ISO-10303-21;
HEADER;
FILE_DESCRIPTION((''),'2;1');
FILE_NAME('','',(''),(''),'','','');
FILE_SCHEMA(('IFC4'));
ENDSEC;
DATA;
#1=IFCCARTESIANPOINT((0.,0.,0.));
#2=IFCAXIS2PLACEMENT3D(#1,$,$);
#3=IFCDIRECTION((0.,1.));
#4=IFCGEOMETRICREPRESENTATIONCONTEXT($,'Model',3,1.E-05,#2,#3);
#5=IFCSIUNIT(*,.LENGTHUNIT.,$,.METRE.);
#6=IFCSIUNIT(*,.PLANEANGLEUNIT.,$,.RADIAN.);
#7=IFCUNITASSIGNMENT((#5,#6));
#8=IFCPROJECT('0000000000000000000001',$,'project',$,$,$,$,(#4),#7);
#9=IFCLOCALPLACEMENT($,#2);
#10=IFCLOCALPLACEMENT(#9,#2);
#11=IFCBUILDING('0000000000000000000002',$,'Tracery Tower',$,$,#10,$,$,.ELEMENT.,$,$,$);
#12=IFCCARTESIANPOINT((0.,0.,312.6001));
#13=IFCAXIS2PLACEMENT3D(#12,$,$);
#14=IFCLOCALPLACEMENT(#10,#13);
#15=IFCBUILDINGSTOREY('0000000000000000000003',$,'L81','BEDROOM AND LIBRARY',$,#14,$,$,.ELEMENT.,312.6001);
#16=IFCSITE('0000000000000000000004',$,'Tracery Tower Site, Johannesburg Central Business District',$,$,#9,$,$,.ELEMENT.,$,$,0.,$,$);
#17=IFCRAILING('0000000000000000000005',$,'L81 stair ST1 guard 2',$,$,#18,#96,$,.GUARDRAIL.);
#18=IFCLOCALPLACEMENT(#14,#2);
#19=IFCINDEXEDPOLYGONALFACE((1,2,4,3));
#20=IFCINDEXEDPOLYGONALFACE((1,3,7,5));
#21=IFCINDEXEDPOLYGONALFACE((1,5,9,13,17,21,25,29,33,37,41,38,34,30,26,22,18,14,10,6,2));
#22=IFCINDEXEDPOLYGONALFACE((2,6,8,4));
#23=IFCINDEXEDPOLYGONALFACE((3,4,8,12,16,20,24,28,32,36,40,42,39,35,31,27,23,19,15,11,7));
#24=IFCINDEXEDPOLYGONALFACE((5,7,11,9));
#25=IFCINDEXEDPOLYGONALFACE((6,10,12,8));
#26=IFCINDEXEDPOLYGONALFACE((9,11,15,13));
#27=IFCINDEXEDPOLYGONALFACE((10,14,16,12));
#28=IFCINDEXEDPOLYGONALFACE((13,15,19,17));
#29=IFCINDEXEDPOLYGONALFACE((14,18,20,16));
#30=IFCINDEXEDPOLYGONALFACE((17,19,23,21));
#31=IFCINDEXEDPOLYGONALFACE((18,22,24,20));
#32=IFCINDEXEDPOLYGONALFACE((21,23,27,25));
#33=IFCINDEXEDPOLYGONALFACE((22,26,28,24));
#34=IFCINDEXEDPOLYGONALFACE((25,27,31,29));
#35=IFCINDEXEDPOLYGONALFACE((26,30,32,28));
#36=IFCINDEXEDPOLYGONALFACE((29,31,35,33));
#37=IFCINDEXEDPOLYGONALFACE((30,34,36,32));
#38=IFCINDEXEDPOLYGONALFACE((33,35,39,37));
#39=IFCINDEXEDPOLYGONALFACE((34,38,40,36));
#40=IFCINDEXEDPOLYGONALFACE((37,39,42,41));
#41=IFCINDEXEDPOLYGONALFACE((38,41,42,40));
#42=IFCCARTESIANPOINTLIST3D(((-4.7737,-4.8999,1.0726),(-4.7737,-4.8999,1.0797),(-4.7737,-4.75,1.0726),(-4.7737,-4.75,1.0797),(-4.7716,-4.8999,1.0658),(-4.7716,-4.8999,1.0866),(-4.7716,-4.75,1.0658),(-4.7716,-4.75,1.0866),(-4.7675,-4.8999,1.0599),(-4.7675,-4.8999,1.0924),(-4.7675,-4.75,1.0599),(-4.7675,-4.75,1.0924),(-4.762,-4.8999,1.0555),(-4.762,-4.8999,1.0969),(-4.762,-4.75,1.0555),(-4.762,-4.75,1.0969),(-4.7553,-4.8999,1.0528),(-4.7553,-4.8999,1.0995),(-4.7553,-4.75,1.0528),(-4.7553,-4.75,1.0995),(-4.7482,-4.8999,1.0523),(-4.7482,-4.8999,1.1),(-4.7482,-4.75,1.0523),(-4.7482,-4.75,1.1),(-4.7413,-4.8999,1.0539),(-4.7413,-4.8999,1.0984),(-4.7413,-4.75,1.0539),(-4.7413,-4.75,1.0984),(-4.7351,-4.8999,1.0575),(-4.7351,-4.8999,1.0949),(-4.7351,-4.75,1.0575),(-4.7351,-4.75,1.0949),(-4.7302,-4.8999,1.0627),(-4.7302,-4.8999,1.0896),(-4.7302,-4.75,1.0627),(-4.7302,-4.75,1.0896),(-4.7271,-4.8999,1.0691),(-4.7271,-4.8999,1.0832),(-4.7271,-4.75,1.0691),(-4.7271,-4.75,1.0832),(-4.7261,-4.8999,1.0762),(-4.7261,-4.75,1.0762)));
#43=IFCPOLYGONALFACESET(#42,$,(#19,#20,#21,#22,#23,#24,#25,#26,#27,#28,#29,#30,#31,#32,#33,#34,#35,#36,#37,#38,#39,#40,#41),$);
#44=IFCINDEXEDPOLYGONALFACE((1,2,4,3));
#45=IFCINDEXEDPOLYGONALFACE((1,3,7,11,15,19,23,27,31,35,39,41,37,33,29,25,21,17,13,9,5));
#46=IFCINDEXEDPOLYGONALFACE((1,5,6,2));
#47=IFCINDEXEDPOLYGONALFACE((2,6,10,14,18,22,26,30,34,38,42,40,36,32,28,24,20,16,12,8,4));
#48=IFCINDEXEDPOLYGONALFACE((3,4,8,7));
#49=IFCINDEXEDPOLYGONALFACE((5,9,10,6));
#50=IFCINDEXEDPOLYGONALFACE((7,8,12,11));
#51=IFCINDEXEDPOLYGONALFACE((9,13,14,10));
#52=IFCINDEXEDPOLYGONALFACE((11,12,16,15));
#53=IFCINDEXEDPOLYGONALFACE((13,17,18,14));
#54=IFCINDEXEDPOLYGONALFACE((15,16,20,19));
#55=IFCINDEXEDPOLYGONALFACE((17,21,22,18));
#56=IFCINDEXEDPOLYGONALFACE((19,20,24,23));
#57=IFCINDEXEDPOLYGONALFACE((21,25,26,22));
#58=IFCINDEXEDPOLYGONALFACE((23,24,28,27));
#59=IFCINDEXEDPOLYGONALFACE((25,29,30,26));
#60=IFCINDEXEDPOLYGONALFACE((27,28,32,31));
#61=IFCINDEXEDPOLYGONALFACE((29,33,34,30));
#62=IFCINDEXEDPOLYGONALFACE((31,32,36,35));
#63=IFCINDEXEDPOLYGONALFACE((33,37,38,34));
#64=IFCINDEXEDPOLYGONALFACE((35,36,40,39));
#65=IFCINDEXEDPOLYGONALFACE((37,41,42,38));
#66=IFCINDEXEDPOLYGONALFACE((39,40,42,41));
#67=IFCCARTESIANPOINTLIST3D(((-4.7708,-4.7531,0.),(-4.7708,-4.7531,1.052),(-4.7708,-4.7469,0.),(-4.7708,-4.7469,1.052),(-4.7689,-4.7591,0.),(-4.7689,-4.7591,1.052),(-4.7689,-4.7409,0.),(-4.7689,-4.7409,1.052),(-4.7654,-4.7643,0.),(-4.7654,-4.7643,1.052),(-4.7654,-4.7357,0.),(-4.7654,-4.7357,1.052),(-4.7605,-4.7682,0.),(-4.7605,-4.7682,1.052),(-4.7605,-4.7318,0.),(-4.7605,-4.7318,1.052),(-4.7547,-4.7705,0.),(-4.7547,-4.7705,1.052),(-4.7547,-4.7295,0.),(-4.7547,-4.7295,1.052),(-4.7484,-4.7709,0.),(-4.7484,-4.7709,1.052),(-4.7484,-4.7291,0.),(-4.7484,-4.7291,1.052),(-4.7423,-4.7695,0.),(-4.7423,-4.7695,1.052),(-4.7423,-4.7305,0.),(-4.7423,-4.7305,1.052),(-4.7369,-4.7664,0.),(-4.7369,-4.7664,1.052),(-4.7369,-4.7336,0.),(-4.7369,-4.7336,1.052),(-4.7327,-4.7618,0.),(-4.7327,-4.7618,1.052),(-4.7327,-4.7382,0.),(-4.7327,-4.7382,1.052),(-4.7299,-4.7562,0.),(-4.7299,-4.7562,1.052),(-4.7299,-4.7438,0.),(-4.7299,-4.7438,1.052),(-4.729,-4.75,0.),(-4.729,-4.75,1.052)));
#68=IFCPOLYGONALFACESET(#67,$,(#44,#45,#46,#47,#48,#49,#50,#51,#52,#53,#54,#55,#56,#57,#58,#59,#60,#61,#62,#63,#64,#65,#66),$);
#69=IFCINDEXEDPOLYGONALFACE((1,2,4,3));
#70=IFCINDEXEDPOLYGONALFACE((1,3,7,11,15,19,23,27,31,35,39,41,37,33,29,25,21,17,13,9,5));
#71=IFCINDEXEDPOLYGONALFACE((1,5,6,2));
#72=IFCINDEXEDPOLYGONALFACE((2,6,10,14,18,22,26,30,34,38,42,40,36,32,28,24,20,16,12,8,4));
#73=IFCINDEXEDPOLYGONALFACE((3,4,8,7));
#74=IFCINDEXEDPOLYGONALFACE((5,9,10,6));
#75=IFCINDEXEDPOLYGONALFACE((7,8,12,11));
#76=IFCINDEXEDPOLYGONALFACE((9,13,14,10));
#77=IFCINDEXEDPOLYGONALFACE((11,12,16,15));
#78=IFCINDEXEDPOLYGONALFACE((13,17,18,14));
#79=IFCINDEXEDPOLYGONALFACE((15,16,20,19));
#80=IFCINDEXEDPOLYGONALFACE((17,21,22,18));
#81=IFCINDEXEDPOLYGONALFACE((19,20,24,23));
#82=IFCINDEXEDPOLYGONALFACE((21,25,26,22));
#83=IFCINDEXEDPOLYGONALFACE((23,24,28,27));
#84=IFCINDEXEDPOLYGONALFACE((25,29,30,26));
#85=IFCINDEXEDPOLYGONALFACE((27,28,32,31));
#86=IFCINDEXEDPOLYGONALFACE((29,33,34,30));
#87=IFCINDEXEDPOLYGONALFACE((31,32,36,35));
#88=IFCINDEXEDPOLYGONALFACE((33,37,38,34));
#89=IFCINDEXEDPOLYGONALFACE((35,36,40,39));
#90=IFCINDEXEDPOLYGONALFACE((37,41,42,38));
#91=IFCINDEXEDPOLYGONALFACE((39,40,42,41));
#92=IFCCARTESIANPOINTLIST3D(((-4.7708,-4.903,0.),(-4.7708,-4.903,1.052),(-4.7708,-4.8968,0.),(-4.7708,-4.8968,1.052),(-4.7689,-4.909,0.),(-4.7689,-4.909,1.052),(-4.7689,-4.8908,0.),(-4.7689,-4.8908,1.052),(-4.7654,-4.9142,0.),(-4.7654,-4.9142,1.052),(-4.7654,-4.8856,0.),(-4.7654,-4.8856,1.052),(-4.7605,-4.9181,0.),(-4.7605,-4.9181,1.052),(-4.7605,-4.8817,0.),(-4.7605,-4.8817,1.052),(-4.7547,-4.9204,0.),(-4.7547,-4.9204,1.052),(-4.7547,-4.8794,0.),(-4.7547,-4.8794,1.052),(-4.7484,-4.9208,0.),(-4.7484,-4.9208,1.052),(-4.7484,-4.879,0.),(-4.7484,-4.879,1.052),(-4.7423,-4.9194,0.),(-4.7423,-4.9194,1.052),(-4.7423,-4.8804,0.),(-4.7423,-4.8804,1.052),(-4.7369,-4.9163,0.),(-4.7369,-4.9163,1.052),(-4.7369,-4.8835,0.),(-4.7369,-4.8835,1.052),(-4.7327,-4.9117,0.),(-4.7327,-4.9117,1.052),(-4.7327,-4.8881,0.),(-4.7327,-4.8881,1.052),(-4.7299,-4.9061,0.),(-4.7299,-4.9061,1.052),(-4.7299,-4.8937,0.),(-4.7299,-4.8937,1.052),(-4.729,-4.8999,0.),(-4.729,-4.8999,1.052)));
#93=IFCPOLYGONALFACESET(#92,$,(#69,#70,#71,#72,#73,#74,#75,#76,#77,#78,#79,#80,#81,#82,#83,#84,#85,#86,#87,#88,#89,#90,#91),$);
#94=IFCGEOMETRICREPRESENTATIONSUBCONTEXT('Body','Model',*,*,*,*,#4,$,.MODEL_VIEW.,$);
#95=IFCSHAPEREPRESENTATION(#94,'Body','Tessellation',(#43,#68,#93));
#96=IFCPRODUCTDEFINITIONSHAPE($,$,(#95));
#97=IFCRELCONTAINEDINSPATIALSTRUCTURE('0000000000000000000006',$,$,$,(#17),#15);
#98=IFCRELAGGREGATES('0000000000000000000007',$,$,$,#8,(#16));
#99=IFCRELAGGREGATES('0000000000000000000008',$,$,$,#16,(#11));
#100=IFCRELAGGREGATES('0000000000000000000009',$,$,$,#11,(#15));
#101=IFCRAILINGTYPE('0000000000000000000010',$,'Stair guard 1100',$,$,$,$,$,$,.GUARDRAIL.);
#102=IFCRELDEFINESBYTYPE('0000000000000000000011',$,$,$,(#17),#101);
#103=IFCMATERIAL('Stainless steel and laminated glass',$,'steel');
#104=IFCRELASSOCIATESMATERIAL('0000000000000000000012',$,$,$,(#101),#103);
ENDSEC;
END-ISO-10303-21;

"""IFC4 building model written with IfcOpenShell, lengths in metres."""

from ifc_helpers import new_model, si_unit, direction, frame, origin, origin_2d, place, context, subcontext, project, spatial, circle, extrude, material, type_object, element, save


model = new_model("IFC4")

# Units and contexts
model_context = context("Model", 3, precision=1e-05, world=origin(), true_north=direction((0.0, 1.0)))
body_context = subcontext(model_context, "Body", "Model", "MODEL_VIEW")
ifc_project = project(units=[si_unit("LENGTHUNIT", "METRE"), si_unit("PLANEANGLEUNIT", "RADIAN")], contexts=[model_context])

# Site, building, storey
site_placement = place(None, origin())
site = spatial("IfcSite", under=ifc_project, at=site_placement, Name="Tracery Tower Site, Johannesburg Central Business District", CompositionType="ELEMENT", RefElevation=0.0)
building_placement = place(site_placement, origin())
building = spatial("IfcBuilding", under=site, at=building_placement, Name="Tracery Tower", CompositionType="ELEMENT")
storey_placement = place(building_placement, frame((0.0, 0.0, 312.6001)))
storey = spatial("IfcBuildingStorey", under=building, at=storey_placement, Name="L81", Description="BEDROOM AND LIBRARY", CompositionType="ELEMENT", Elevation=312.6001)

# Railing
ifc_material_1 = material(Name="Stainless steel and laminated glass", Category="steel")
railing_type_1 = type_object("IfcRailingType", Name="Stair guard 1100", PredefinedType="GUARDRAIL", material=ifc_material_1)
railing_1_placement = place(storey_placement, frame((-4.75, -4.75, 0.0)))
element("IfcRailing", 1, at=railing_1_placement, inside=storey, type_object=railing_type_1, Name="L81 stair ST1 guard 2", PredefinedType="GUARDRAIL", context=body_context, shape_type="SweptSolid", body=[
    extrude(circle(Radius=0.0239, at=origin_2d()), frame((0.0, 0.0, 1.0762), z_axis=(0.0, -1.0, 0.0), x_axis=(1.0, 0.0, 0.0)), (0.0, 0.0, 1.0), 0.1499),
    extrude(circle(Radius=0.021, at=origin_2d()), origin(), (0.0, 0.0, 1.0), 1.052),
    extrude(circle(Radius=0.021, at=origin_2d()), frame((0.0, -0.1499, 0.0)), (0.0, 0.0, 1.0), 1.052),
])

save(model, "model.ifc")
